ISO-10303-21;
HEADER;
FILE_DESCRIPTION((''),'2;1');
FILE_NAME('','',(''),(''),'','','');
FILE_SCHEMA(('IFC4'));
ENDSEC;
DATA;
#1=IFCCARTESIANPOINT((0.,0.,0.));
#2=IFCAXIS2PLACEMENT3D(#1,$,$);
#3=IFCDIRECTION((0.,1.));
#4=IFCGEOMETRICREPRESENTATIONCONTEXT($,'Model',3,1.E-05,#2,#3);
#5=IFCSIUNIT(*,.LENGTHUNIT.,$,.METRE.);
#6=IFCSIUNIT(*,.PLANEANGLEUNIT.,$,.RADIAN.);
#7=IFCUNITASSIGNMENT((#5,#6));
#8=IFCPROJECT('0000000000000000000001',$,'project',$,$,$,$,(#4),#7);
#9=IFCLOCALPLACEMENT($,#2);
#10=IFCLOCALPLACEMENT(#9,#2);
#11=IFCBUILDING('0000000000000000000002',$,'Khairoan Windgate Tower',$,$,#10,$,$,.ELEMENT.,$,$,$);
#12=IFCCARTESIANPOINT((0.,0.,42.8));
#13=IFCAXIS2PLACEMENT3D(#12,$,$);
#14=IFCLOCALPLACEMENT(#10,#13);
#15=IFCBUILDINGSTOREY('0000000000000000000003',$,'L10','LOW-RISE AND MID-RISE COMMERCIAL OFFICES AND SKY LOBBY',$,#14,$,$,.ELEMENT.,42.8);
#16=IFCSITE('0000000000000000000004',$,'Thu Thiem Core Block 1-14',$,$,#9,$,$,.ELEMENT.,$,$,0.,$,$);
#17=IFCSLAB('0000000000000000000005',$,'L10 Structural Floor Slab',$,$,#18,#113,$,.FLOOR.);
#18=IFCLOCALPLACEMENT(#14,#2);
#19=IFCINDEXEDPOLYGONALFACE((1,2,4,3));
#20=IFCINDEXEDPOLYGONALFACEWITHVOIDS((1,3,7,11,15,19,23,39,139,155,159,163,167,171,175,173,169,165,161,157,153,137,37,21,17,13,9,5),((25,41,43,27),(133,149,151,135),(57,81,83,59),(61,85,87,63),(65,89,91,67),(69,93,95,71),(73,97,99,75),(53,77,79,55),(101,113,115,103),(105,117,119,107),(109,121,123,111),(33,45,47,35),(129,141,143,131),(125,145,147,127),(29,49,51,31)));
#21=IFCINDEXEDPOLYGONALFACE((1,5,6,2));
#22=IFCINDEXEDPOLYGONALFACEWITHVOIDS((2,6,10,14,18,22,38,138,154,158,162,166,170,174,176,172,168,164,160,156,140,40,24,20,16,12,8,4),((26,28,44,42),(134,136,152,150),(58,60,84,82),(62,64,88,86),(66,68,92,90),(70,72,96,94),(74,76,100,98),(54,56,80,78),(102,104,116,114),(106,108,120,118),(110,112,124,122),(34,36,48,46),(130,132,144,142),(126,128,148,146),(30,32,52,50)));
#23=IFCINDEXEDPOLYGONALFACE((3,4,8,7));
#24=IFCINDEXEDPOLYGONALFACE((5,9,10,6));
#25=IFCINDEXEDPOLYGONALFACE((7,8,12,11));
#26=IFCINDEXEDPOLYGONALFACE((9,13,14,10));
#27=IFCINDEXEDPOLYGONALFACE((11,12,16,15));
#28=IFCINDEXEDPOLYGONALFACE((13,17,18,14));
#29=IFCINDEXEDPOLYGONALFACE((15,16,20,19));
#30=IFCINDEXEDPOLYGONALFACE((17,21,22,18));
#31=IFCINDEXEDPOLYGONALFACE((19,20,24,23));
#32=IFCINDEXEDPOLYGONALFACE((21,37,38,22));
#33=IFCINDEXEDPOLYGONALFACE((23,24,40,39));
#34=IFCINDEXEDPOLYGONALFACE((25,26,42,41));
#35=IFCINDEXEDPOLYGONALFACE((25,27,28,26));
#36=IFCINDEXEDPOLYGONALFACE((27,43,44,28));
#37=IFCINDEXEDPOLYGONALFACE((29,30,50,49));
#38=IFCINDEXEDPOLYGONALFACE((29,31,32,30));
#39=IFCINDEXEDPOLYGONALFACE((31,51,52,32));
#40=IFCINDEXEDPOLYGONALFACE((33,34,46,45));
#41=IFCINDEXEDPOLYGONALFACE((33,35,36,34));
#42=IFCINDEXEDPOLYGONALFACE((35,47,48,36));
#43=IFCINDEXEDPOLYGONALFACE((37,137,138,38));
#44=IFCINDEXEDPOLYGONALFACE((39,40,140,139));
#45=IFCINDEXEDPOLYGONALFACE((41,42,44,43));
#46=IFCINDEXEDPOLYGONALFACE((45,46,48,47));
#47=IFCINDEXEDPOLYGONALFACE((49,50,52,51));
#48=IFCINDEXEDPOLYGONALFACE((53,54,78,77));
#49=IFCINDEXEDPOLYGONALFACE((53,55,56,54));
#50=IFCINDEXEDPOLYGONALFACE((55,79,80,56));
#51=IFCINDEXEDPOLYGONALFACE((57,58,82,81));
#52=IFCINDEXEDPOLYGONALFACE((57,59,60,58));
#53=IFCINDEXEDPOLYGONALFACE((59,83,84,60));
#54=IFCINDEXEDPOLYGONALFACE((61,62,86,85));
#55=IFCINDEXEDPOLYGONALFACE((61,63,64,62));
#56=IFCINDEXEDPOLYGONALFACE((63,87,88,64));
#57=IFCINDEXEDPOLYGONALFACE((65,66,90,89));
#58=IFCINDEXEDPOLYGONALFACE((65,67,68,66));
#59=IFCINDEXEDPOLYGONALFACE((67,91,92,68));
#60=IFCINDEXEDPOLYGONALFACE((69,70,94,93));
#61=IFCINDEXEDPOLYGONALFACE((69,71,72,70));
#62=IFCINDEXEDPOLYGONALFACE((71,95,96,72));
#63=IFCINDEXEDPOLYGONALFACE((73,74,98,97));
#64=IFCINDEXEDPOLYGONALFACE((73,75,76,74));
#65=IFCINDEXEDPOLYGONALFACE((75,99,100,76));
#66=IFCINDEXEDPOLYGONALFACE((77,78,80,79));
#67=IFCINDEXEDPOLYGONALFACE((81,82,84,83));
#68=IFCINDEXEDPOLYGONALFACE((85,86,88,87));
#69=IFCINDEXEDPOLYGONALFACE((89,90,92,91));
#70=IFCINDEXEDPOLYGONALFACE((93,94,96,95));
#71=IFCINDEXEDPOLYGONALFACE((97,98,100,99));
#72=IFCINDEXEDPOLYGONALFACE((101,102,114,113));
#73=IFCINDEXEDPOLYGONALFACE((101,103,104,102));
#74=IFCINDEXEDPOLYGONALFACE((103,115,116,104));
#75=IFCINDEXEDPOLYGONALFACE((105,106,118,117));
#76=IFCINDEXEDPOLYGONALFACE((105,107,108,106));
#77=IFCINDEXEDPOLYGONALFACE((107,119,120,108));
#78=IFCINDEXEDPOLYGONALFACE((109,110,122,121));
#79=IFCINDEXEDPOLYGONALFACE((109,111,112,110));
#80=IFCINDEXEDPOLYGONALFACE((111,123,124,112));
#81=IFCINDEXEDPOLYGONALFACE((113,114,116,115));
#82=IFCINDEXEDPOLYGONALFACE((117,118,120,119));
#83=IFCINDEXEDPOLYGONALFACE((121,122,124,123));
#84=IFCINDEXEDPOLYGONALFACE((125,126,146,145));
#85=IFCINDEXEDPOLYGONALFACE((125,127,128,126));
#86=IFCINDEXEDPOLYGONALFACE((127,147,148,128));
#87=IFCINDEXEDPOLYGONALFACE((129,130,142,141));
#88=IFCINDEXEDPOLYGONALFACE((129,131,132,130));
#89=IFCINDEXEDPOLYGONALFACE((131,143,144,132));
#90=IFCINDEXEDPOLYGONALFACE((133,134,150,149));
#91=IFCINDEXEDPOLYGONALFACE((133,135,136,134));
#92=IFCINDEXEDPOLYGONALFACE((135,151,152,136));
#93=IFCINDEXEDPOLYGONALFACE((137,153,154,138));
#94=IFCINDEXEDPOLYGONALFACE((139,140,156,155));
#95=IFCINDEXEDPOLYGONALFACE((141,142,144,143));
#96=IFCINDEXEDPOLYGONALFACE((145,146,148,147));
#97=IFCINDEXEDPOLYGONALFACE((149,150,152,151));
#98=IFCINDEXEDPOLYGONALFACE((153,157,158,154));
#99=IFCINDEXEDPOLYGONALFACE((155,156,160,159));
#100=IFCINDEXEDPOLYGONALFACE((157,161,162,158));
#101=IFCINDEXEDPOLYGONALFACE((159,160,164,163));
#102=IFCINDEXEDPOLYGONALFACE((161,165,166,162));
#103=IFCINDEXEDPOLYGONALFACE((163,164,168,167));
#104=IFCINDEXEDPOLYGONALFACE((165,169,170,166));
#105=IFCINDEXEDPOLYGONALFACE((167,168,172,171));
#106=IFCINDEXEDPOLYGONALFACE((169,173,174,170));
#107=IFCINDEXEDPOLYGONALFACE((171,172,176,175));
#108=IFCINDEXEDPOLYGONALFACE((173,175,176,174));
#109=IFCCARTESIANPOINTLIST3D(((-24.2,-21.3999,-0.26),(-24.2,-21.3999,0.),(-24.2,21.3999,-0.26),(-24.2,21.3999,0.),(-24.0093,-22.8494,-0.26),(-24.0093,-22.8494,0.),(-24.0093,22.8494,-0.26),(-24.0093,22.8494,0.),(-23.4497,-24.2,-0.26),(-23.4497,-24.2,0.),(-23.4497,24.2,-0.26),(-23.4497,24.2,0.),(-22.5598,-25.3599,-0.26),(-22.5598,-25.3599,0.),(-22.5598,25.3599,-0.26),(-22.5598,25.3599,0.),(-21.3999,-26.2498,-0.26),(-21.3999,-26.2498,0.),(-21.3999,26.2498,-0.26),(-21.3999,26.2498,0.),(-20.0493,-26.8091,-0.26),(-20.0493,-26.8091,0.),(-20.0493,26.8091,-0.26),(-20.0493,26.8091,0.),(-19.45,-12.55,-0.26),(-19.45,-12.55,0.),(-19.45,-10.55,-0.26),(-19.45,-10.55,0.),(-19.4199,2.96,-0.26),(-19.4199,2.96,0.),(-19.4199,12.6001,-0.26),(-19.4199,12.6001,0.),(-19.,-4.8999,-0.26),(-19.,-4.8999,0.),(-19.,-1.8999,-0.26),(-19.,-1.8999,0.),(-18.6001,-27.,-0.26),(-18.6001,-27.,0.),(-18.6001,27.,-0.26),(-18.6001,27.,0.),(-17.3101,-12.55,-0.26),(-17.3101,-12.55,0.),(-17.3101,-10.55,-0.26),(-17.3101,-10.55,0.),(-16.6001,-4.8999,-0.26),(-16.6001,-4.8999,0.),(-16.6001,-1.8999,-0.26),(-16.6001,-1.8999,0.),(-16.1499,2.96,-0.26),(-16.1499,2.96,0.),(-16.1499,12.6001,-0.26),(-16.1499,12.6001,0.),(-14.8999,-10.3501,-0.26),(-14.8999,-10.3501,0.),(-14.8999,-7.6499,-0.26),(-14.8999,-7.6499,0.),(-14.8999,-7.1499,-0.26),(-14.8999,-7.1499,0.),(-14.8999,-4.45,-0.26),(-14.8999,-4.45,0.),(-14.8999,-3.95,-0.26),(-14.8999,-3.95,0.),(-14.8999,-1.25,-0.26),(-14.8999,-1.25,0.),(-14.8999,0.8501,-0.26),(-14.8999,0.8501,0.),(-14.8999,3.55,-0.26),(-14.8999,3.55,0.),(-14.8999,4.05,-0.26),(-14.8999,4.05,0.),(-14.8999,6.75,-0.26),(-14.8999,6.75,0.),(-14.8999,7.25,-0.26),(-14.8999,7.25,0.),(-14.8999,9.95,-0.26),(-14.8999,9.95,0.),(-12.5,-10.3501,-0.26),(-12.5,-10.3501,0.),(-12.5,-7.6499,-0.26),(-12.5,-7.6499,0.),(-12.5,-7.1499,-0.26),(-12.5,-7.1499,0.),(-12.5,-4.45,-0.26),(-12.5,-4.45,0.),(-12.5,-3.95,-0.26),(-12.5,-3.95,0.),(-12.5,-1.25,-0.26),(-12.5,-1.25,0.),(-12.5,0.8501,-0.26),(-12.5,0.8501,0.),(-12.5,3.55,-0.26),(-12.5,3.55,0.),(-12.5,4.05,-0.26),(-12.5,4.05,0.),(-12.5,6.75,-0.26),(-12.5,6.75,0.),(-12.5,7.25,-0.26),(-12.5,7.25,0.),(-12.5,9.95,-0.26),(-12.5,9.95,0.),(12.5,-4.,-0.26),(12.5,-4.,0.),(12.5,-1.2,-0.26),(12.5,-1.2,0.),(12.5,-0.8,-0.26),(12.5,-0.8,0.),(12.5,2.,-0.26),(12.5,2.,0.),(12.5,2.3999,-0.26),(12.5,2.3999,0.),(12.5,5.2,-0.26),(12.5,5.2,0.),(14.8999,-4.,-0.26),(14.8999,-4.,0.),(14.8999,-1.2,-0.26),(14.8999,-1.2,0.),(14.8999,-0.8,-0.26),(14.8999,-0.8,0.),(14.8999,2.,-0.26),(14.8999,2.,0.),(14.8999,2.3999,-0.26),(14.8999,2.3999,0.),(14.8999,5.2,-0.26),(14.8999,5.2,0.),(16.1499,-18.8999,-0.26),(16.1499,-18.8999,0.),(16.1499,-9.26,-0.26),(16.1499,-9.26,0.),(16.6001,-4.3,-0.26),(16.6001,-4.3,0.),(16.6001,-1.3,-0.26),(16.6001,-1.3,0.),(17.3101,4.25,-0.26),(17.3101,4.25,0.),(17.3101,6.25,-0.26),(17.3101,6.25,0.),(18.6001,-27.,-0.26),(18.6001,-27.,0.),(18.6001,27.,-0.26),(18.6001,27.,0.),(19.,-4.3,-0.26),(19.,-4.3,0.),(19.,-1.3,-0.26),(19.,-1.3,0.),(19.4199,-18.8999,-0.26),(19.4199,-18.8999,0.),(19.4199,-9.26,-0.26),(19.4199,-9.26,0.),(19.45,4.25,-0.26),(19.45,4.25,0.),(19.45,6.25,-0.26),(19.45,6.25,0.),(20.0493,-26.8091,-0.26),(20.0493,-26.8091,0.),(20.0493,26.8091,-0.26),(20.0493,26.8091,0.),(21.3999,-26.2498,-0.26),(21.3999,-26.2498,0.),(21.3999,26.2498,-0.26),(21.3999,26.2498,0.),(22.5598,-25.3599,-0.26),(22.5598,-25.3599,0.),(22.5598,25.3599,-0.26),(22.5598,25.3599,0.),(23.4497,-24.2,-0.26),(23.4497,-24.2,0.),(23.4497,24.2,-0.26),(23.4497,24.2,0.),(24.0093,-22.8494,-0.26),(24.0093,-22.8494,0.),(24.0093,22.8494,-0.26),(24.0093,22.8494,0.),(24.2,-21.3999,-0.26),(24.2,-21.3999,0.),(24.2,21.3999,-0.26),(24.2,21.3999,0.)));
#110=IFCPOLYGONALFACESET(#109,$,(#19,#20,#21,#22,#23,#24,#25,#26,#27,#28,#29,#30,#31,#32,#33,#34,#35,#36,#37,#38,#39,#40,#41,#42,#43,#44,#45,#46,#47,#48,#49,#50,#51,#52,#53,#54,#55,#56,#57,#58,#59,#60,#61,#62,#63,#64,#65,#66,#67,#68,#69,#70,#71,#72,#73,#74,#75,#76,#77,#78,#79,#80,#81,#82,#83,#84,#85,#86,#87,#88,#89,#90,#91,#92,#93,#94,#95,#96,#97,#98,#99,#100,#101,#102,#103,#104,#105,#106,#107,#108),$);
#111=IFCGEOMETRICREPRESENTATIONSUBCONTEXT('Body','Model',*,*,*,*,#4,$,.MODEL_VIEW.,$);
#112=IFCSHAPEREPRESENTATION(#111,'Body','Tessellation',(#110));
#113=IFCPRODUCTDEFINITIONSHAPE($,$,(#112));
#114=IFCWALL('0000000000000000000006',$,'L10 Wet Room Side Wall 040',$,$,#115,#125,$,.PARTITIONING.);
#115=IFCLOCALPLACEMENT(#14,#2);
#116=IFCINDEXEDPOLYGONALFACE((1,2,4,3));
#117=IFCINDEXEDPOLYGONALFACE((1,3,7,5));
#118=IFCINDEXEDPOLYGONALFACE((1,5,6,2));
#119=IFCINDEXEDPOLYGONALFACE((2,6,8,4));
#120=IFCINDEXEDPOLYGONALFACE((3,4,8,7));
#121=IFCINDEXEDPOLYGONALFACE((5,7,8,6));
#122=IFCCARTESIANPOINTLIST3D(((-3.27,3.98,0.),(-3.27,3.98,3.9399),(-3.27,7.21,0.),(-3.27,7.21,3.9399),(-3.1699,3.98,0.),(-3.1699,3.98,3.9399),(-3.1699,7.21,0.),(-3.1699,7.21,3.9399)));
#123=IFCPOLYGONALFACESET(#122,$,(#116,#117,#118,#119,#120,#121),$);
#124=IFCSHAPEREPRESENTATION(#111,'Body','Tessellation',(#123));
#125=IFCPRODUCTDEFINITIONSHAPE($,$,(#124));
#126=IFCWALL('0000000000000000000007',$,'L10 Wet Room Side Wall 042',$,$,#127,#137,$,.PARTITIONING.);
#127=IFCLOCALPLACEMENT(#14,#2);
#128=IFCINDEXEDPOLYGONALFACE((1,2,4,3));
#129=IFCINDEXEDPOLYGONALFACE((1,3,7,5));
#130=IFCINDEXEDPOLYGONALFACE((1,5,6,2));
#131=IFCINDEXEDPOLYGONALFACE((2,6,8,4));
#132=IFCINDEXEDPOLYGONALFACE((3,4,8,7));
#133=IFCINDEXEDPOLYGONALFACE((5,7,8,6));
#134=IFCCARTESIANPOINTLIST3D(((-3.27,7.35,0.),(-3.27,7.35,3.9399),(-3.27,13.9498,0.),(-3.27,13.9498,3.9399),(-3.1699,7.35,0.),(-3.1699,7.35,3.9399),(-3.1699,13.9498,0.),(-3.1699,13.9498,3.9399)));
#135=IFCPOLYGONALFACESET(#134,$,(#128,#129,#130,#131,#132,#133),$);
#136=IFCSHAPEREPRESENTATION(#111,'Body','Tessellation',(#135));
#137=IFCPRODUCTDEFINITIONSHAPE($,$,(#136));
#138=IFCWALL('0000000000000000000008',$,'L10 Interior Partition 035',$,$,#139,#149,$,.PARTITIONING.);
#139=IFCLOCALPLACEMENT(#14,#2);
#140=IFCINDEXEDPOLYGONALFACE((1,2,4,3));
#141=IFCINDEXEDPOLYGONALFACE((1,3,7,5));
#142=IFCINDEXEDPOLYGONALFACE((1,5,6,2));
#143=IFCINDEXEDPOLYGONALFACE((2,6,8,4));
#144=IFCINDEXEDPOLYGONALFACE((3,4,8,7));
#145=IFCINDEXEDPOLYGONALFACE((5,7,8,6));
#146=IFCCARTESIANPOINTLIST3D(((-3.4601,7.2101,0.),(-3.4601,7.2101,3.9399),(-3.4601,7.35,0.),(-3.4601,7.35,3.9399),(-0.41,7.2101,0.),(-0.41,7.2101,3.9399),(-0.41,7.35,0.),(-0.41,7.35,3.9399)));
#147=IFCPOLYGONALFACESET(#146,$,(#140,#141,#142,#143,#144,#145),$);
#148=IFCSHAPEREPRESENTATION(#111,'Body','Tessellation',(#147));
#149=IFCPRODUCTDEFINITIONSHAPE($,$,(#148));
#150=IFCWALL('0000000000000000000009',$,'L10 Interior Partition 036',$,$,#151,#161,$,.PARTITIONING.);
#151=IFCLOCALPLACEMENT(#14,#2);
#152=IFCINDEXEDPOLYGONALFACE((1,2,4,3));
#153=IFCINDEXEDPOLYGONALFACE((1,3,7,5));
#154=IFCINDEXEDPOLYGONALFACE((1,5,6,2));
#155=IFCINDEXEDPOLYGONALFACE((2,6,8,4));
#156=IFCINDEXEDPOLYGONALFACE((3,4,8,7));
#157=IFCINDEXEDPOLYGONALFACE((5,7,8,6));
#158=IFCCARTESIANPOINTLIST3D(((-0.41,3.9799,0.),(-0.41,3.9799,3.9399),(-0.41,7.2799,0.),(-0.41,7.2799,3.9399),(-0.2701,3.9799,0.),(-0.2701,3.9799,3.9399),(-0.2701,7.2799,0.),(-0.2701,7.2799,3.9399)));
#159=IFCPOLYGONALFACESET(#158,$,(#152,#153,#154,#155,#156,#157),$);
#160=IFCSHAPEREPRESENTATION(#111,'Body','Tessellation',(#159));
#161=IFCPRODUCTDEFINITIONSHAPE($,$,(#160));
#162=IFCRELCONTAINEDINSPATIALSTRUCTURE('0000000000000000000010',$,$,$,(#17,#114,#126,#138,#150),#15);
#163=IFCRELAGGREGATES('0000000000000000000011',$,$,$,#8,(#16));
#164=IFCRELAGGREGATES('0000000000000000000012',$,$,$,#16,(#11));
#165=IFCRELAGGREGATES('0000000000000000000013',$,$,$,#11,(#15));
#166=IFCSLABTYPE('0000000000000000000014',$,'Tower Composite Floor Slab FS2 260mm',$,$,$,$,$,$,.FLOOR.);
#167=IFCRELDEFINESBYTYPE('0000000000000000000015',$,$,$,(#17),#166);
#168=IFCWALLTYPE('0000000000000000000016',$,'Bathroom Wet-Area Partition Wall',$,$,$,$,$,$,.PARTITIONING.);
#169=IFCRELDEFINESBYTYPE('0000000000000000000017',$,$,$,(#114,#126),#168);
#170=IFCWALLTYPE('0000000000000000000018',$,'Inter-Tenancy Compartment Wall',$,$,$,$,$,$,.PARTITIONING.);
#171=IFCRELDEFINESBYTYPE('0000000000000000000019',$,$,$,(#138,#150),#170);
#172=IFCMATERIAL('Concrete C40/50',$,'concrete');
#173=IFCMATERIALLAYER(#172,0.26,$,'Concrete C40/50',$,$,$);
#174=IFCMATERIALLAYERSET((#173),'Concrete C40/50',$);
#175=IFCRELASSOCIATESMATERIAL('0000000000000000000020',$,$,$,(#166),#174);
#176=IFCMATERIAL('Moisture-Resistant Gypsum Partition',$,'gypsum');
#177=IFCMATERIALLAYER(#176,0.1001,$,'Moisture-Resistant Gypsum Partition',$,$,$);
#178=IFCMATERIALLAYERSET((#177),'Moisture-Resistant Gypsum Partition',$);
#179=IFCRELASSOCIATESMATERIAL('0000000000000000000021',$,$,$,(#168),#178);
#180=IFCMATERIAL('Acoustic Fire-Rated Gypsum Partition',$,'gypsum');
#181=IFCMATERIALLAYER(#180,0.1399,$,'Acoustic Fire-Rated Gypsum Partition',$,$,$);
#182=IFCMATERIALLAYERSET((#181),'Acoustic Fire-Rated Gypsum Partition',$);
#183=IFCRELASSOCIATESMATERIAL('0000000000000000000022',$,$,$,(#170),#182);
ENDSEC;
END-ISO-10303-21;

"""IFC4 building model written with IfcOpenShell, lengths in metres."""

from ifc_helpers import new_model, si_unit, direction, frame, frame_2d, origin, place, context, subcontext, project, spatial, polyline, rectangle, outline, extrude, material, layer, layer_set, type_object, element, save


model = new_model("IFC4")

# Units and contexts
model_context = context("Model", 3, precision=1e-05, world=origin(), true_north=direction((0.0, 1.0)))
body_context = subcontext(model_context, "Body", "Model", "MODEL_VIEW")
ifc_project = project(units=[si_unit("LENGTHUNIT", "METRE"), si_unit("PLANEANGLEUNIT", "RADIAN")], contexts=[model_context])

# Site, building, storey
site_placement = place(None, origin())
site = spatial("IfcSite", under=ifc_project, at=site_placement, Name="Thu Thiem Core Block 1-14", CompositionType="ELEMENT", RefElevation=0.0)
building_placement = place(site_placement, origin())
building = spatial("IfcBuilding", under=site, at=building_placement, Name="Khairoan Windgate Tower", CompositionType="ELEMENT")
storey_placement = place(building_placement, frame((0.0, 0.0, 42.8)))
storey = spatial("IfcBuildingStorey", under=building, at=storey_placement, Name="L10", Description="LOW-RISE AND MID-RISE COMMERCIAL OFFICES AND SKY LOBBY", CompositionType="ELEMENT", Elevation=42.8)

# Slab
ifc_material_1 = material(Name="Concrete C40/50", Category="concrete")
ifc_layer_1 = layer(ifc_material_1, 0.26, Name="Concrete C40/50")
ifc_layer_set_1 = layer_set([ifc_layer_1], Name="Concrete C40/50")
slab_type_1 = type_object("IfcSlabType", Name="Tower Composite Floor Slab FS2 260mm", PredefinedType="FLOOR", material=ifc_layer_set_1)
slab_1_placement = place(storey_placement, frame((0.0, 0.0, -0.26)))
element("IfcSlab", 1, at=slab_1_placement, inside=storey, type_object=slab_type_1, Name="L10 Structural Floor Slab", PredefinedType="FLOOR", context=body_context, shape_type="SweptSolid", body=[
    extrude(outline(polyline([(18.6001, -27.0), (20.0493, -26.8091), (21.3999, -26.2498), (22.5598, -25.3599), (23.4497, -24.2), (24.0093, -22.8494), (24.2, -21.3999), (24.2, 21.3999), (24.0093, 22.8494), (23.4497, 24.2), (22.5598, 25.3599), (21.3999, 26.2498), (20.0493, 26.8091), (18.6001, 27.0), (-18.6001, 27.0), (-20.0493, 26.8091), (-21.3999, 26.2498), (-22.5598, 25.3599), (-23.4497, 24.2), (-24.0093, 22.8494), (-24.2, 21.3999), (-24.2, -21.3999), (-24.0093, -22.8494), (-23.4497, -24.2), (-22.5598, -25.3599), (-21.3999, -26.2498), (-20.0493, -26.8091), (-18.6001, -27.0), (18.6001, -27.0)]), holes=[polyline([(16.1499, -9.26), (16.1499, -18.8999), (19.4199, -18.8999), (19.4199, -9.26), (16.1499, -9.26)]), polyline([(-16.1499, 2.96), (-16.1499, 12.6001), (-19.4199, 12.6001), (-19.4199, 2.96), (-16.1499, 2.96)]), polyline([(-14.8999, 7.25), (-12.5, 7.25), (-12.5, 9.95), (-14.8999, 9.95), (-14.8999, 7.25)]), polyline([(-14.8999, 4.05), (-12.5, 4.05), (-12.5, 6.75), (-14.8999, 6.75), (-14.8999, 4.05)]), polyline([(-14.8999, 0.8501), (-12.5, 0.8501), (-12.5, 3.55), (-14.8999, 3.55), (-14.8999, 0.8501)]), polyline([(-14.8999, -3.95), (-12.5, -3.95), (-12.5, -1.25), (-14.8999, -1.25), (-14.8999, -3.95)]), polyline([(-14.8999, -7.1499), (-12.5, -7.1499), (-12.5, -4.45), (-14.8999, -4.45), (-14.8999, -7.1499)]), polyline([(-14.8999, -10.3501), (-12.5, -10.3501), (-12.5, -7.6499), (-14.8999, -7.6499), (-14.8999, -10.3501)]), polyline([(12.5, 2.3999), (14.8999, 2.3999), (14.8999, 5.2), (12.5, 5.2), (12.5, 2.3999)]), polyline([(12.5, -0.8), (14.8999, -0.8), (14.8999, 2.0), (12.5, 2.0), (12.5, -0.8)]), polyline([(12.5, -4.0), (14.8999, -4.0), (14.8999, -1.2), (12.5, -1.2), (12.5, -4.0)]), polyline([(16.6001, -4.3), (19.0, -4.3), (19.0, -1.3), (16.6001, -1.3), (16.6001, -4.3)]), polyline([(-19.0, -4.8999), (-16.6001, -4.8999), (-16.6001, -1.8999), (-19.0, -1.8999), (-19.0, -4.8999)]), polyline([(-19.45, -12.55), (-17.3101, -12.55), (-17.3101, -10.55), (-19.45, -10.55), (-19.45, -12.55)]), polyline([(17.3101, 4.25), (19.45, 4.25), (19.45, 6.25), (17.3101, 6.25), (17.3101, 4.25)])]), origin(), (0.0, 0.0, 1.0), 0.26),
])

# Walls
ifc_material_2 = material(Name="Moisture-Resistant Gypsum Partition", Category="gypsum")
ifc_layer_2 = layer(ifc_material_2, 0.1001, Name="Moisture-Resistant Gypsum Partition")
ifc_layer_set_2 = layer_set([ifc_layer_2], Name="Moisture-Resistant Gypsum Partition")
wall_type_1 = type_object("IfcWallType", Name="Bathroom Wet-Area Partition Wall", PredefinedType="PARTITIONING", material=ifc_layer_set_2)
wall_1_placement = place(storey_placement, frame((-3.22, 3.98, 0.0), z_axis=(0.0, 0.0, 1.0), x_axis=(0.0, 1.0, 0.0)))
element("IfcWall", 2, at=wall_1_placement, inside=storey, type_object=wall_type_1, Name="L10 Wet Room Side Wall 040", PredefinedType="PARTITIONING", context=body_context, shape_type="SweptSolid", body=[
    extrude(rectangle(XDim=3.23, YDim=0.1001, at=frame_2d((1.615, 0.0))), origin(), (0.0, 0.0, 1.0), 3.9399),
])
wall_2_placement = place(storey_placement, frame((-3.22, 7.3501, 0.0), z_axis=(0.0, 0.0, 1.0), x_axis=(0.0, 1.0, 0.0)))
element("IfcWall", 3, at=wall_2_placement, inside=storey, type_object=wall_type_1, Name="L10 Wet Room Side Wall 042", PredefinedType="PARTITIONING", context=body_context, shape_type="SweptSolid", body=[
    extrude(rectangle(XDim=6.5999, YDim=0.1001, at=frame_2d((3.2998, 0.0))), origin(), (0.0, 0.0, 1.0), 3.9399),
])
ifc_material_3 = material(Name="Acoustic Fire-Rated Gypsum Partition", Category="gypsum")
ifc_layer_3 = layer(ifc_material_3, 0.1399, Name="Acoustic Fire-Rated Gypsum Partition")
ifc_layer_set_3 = layer_set([ifc_layer_3], Name="Acoustic Fire-Rated Gypsum Partition")
wall_type_2 = type_object("IfcWallType", Name="Inter-Tenancy Compartment Wall", PredefinedType="PARTITIONING", material=ifc_layer_set_3)
wall_3_placement = place(storey_placement, frame((-3.46, 7.28, 0.0), z_axis=(0.0, 0.0, 1.0), x_axis=(1.0, 0.0, 0.0)))
element("IfcWall", 4, at=wall_3_placement, inside=storey, type_object=wall_type_2, Name="L10 Interior Partition 035", PredefinedType="PARTITIONING", context=body_context, shape_type="SweptSolid", body=[
    extrude(rectangle(XDim=3.05, YDim=0.1399, at=frame_2d((1.5249, 0.0))), origin(), (0.0, 0.0, 1.0), 3.9399),
])
wall_4_placement = place(storey_placement, frame((-0.3401, 3.98, 0.0), z_axis=(0.0, 0.0, 1.0), x_axis=(0.0, 1.0, 0.0)))
element("IfcWall", 5, at=wall_4_placement, inside=storey, type_object=wall_type_2, Name="L10 Interior Partition 036", PredefinedType="PARTITIONING", context=body_context, shape_type="SweptSolid", body=[
    extrude(rectangle(XDim=3.3, YDim=0.1399, at=frame_2d((1.6499, 0.0))), origin(), (0.0, 0.0, 1.0), 3.9399),
])

save(model, "model.ifc")
